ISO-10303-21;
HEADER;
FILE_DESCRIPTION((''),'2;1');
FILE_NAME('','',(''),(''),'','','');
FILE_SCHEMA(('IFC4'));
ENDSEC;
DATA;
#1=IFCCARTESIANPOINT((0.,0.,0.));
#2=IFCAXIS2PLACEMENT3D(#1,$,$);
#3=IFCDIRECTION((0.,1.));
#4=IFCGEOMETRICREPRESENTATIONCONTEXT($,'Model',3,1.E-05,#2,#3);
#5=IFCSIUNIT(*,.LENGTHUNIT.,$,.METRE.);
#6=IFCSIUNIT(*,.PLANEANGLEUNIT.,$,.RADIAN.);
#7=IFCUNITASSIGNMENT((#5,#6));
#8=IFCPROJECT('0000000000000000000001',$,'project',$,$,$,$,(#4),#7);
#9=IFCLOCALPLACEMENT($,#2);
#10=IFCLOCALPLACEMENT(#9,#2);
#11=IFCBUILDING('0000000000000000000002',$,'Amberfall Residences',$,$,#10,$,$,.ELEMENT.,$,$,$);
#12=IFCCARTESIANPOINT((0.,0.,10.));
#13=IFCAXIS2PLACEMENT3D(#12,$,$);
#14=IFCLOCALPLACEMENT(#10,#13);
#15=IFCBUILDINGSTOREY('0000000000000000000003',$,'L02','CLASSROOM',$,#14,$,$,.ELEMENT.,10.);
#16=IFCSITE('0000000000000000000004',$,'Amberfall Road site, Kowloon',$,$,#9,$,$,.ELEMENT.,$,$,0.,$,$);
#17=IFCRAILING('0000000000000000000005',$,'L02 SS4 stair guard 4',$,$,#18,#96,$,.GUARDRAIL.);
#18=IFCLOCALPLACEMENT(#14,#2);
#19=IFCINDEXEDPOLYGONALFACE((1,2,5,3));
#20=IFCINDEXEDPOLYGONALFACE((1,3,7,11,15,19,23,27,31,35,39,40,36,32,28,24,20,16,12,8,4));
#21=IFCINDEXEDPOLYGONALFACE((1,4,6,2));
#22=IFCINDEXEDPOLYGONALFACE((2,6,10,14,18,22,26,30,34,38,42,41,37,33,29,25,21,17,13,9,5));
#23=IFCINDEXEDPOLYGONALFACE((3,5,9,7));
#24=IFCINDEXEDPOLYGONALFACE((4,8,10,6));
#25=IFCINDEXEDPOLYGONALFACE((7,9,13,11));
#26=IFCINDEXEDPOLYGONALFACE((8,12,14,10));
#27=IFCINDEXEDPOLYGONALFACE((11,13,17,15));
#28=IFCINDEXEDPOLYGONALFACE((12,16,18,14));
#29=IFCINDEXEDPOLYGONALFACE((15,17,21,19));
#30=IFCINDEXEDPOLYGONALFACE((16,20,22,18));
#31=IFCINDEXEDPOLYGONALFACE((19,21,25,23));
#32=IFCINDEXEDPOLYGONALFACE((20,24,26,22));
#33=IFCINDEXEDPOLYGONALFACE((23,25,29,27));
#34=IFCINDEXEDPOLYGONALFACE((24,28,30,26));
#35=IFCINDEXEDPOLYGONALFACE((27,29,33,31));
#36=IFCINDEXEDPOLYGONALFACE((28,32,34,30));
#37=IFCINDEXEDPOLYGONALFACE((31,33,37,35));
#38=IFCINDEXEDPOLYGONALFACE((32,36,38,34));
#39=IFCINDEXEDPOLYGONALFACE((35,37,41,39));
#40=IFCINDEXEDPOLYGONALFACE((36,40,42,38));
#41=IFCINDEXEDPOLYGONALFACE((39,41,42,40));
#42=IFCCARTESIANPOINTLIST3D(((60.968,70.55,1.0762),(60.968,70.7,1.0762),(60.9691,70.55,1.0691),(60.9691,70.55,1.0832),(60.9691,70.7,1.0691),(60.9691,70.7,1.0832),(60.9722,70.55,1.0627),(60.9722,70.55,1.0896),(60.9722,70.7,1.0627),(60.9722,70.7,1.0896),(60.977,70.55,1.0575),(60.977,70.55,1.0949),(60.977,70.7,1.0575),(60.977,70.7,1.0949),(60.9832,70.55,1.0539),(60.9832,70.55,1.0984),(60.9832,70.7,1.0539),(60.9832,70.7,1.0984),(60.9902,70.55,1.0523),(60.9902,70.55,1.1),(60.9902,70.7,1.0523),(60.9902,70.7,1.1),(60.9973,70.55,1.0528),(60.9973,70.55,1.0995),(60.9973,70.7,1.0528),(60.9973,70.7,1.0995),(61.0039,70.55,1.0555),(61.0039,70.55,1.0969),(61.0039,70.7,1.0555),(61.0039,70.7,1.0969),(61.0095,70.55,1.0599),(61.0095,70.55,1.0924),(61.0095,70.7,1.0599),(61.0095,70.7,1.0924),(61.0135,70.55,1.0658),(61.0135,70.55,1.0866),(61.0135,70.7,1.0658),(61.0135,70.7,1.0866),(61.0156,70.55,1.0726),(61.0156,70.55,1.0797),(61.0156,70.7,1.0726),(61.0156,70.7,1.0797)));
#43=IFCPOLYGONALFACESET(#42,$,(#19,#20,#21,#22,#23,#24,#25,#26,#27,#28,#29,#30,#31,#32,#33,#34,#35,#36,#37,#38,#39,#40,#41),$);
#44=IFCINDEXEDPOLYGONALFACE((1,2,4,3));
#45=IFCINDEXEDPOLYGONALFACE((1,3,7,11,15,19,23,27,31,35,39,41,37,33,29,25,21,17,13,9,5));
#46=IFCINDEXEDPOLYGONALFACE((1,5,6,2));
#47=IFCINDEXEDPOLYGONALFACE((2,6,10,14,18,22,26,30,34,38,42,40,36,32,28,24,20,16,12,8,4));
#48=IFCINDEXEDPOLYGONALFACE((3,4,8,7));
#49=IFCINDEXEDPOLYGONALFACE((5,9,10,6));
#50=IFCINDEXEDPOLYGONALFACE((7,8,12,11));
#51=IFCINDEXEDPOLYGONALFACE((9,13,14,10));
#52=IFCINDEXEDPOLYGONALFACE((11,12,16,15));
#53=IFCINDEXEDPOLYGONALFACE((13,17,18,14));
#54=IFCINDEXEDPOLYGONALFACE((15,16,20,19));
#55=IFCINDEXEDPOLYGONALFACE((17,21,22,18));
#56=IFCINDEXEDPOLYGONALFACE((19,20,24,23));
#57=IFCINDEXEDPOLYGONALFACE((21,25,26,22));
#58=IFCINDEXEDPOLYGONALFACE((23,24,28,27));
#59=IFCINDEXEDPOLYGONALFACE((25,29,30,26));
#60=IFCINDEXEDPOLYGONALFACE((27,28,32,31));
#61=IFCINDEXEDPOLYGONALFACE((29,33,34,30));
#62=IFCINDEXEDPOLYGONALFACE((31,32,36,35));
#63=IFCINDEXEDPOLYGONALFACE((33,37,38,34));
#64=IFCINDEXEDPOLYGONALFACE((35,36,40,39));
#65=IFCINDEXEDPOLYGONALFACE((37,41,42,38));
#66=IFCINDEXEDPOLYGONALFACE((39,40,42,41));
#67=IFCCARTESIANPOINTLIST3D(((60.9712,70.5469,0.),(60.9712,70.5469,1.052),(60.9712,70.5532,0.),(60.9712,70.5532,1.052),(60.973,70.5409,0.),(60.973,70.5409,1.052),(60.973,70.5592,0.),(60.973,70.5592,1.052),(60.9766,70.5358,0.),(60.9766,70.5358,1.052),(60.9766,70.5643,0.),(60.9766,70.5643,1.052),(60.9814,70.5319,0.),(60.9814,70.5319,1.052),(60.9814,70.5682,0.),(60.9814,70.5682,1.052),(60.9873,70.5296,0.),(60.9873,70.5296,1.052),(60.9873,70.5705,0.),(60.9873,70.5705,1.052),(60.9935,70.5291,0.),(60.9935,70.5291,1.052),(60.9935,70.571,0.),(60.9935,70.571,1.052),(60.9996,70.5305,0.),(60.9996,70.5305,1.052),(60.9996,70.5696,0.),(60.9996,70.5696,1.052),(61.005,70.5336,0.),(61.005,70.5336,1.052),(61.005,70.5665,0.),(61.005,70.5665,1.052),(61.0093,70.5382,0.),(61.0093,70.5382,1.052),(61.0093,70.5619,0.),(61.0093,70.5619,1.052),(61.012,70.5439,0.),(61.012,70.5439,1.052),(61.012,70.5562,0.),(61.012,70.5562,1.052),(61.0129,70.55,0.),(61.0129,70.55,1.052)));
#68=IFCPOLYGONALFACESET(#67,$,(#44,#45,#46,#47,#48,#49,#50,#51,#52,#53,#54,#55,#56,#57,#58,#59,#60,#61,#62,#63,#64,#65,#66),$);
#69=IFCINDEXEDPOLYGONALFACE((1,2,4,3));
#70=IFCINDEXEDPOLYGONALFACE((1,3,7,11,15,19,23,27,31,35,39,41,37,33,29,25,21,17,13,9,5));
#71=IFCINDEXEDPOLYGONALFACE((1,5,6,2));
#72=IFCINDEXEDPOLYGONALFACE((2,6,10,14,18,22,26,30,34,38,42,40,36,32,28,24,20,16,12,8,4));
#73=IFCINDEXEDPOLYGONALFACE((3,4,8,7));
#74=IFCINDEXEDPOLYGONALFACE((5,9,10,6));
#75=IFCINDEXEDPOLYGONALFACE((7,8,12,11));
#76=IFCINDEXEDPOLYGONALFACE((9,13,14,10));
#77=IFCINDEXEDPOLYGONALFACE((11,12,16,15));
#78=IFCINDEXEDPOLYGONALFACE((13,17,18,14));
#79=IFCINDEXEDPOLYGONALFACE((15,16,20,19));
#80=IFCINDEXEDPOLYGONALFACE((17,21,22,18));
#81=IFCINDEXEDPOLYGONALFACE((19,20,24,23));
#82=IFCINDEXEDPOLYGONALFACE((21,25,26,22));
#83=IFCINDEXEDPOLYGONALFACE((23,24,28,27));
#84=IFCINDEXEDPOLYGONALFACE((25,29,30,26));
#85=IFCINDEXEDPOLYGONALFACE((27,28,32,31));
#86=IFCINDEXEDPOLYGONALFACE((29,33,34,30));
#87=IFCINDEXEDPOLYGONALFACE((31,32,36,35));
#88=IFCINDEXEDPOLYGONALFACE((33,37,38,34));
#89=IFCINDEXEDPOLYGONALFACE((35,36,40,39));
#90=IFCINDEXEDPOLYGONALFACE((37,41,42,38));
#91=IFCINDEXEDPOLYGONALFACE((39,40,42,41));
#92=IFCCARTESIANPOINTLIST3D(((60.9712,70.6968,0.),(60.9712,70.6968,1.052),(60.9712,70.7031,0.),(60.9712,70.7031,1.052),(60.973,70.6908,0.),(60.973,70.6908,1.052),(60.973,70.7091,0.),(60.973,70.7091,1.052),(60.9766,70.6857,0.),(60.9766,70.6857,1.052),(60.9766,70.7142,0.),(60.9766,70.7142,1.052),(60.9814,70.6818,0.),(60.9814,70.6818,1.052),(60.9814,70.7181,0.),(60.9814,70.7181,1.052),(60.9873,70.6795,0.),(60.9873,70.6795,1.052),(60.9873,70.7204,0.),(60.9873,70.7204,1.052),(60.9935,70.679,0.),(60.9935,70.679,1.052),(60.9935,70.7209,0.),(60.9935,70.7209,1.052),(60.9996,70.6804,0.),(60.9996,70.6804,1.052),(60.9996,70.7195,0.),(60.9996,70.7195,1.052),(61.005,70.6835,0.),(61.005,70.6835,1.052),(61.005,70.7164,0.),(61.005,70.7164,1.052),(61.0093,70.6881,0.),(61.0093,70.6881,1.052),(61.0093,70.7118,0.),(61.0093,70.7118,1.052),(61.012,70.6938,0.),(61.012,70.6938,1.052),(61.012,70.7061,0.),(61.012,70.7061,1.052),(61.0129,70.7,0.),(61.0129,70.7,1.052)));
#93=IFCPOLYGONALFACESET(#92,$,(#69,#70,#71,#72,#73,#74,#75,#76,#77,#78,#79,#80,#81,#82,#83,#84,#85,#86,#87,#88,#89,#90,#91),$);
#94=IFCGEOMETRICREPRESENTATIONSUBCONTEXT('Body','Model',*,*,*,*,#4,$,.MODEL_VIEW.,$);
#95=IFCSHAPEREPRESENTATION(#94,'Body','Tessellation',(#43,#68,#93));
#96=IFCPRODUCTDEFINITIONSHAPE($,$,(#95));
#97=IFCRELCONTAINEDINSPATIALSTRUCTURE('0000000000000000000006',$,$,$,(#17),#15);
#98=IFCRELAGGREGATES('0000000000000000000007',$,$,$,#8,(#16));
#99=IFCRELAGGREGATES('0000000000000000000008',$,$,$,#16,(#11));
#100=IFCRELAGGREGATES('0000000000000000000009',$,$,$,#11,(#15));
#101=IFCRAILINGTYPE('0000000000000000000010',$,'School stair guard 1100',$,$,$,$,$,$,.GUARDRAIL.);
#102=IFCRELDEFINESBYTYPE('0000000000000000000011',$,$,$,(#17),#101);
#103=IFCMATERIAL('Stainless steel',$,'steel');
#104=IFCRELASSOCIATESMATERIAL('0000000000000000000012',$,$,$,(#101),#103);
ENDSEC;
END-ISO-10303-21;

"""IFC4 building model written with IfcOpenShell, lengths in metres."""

from ifc_helpers import new_model, si_unit, direction, frame, origin, origin_2d, place, context, subcontext, project, spatial, circle, extrude, material, type_object, element, save


model = new_model("IFC4")

# Units and contexts
model_context = context("Model", 3, precision=1e-05, world=origin(), true_north=direction((0.0, 1.0)))
body_context = subcontext(model_context, "Body", "Model", "MODEL_VIEW")
ifc_project = project(units=[si_unit("LENGTHUNIT", "METRE"), si_unit("PLANEANGLEUNIT", "RADIAN")], contexts=[model_context])

# Site, building, storey
site_placement = place(None, origin())
site = spatial("IfcSite", under=ifc_project, at=site_placement, Name="Amberfall Road site, Kowloon", CompositionType="ELEMENT", RefElevation=0.0)
building_placement = place(site_placement, origin())
building = spatial("IfcBuilding", under=site, at=building_placement, Name="Amberfall Residences", CompositionType="ELEMENT")
storey_placement = place(building_placement, frame((0.0, 0.0, 10.0)))
storey = spatial("IfcBuildingStorey", under=building, at=storey_placement, Name="L02", Description="CLASSROOM", CompositionType="ELEMENT", Elevation=10.0)

# Railing
ifc_material_1 = material(Name="Stainless steel", Category="steel")
railing_type_1 = type_object("IfcRailingType", Name="School stair guard 1100", PredefinedType="GUARDRAIL", material=ifc_material_1)
railing_1_placement = place(storey_placement, frame((60.9919, 70.55, 0.0)))
element("IfcRailing", 1, at=railing_1_placement, inside=storey, type_object=railing_type_1, Name="L02 SS4 stair guard 4", PredefinedType="GUARDRAIL", context=body_context, shape_type="SweptSolid", body=[
    extrude(circle(Radius=0.0239, at=origin_2d()), frame((0.0, 0.0, 1.0762), z_axis=(0.0, 1.0, 0.0), x_axis=(-1.0, 0.0, 0.0)), (0.0, 0.0, 1.0), 0.1499),
    extrude(circle(Radius=0.021, at=origin_2d()), origin(), (0.0, 0.0, 1.0), 1.052),
    extrude(circle(Radius=0.021, at=origin_2d()), frame((0.0, 0.1499, 0.0)), (0.0, 0.0, 1.0), 1.052),
])

save(model, "model.ifc")
